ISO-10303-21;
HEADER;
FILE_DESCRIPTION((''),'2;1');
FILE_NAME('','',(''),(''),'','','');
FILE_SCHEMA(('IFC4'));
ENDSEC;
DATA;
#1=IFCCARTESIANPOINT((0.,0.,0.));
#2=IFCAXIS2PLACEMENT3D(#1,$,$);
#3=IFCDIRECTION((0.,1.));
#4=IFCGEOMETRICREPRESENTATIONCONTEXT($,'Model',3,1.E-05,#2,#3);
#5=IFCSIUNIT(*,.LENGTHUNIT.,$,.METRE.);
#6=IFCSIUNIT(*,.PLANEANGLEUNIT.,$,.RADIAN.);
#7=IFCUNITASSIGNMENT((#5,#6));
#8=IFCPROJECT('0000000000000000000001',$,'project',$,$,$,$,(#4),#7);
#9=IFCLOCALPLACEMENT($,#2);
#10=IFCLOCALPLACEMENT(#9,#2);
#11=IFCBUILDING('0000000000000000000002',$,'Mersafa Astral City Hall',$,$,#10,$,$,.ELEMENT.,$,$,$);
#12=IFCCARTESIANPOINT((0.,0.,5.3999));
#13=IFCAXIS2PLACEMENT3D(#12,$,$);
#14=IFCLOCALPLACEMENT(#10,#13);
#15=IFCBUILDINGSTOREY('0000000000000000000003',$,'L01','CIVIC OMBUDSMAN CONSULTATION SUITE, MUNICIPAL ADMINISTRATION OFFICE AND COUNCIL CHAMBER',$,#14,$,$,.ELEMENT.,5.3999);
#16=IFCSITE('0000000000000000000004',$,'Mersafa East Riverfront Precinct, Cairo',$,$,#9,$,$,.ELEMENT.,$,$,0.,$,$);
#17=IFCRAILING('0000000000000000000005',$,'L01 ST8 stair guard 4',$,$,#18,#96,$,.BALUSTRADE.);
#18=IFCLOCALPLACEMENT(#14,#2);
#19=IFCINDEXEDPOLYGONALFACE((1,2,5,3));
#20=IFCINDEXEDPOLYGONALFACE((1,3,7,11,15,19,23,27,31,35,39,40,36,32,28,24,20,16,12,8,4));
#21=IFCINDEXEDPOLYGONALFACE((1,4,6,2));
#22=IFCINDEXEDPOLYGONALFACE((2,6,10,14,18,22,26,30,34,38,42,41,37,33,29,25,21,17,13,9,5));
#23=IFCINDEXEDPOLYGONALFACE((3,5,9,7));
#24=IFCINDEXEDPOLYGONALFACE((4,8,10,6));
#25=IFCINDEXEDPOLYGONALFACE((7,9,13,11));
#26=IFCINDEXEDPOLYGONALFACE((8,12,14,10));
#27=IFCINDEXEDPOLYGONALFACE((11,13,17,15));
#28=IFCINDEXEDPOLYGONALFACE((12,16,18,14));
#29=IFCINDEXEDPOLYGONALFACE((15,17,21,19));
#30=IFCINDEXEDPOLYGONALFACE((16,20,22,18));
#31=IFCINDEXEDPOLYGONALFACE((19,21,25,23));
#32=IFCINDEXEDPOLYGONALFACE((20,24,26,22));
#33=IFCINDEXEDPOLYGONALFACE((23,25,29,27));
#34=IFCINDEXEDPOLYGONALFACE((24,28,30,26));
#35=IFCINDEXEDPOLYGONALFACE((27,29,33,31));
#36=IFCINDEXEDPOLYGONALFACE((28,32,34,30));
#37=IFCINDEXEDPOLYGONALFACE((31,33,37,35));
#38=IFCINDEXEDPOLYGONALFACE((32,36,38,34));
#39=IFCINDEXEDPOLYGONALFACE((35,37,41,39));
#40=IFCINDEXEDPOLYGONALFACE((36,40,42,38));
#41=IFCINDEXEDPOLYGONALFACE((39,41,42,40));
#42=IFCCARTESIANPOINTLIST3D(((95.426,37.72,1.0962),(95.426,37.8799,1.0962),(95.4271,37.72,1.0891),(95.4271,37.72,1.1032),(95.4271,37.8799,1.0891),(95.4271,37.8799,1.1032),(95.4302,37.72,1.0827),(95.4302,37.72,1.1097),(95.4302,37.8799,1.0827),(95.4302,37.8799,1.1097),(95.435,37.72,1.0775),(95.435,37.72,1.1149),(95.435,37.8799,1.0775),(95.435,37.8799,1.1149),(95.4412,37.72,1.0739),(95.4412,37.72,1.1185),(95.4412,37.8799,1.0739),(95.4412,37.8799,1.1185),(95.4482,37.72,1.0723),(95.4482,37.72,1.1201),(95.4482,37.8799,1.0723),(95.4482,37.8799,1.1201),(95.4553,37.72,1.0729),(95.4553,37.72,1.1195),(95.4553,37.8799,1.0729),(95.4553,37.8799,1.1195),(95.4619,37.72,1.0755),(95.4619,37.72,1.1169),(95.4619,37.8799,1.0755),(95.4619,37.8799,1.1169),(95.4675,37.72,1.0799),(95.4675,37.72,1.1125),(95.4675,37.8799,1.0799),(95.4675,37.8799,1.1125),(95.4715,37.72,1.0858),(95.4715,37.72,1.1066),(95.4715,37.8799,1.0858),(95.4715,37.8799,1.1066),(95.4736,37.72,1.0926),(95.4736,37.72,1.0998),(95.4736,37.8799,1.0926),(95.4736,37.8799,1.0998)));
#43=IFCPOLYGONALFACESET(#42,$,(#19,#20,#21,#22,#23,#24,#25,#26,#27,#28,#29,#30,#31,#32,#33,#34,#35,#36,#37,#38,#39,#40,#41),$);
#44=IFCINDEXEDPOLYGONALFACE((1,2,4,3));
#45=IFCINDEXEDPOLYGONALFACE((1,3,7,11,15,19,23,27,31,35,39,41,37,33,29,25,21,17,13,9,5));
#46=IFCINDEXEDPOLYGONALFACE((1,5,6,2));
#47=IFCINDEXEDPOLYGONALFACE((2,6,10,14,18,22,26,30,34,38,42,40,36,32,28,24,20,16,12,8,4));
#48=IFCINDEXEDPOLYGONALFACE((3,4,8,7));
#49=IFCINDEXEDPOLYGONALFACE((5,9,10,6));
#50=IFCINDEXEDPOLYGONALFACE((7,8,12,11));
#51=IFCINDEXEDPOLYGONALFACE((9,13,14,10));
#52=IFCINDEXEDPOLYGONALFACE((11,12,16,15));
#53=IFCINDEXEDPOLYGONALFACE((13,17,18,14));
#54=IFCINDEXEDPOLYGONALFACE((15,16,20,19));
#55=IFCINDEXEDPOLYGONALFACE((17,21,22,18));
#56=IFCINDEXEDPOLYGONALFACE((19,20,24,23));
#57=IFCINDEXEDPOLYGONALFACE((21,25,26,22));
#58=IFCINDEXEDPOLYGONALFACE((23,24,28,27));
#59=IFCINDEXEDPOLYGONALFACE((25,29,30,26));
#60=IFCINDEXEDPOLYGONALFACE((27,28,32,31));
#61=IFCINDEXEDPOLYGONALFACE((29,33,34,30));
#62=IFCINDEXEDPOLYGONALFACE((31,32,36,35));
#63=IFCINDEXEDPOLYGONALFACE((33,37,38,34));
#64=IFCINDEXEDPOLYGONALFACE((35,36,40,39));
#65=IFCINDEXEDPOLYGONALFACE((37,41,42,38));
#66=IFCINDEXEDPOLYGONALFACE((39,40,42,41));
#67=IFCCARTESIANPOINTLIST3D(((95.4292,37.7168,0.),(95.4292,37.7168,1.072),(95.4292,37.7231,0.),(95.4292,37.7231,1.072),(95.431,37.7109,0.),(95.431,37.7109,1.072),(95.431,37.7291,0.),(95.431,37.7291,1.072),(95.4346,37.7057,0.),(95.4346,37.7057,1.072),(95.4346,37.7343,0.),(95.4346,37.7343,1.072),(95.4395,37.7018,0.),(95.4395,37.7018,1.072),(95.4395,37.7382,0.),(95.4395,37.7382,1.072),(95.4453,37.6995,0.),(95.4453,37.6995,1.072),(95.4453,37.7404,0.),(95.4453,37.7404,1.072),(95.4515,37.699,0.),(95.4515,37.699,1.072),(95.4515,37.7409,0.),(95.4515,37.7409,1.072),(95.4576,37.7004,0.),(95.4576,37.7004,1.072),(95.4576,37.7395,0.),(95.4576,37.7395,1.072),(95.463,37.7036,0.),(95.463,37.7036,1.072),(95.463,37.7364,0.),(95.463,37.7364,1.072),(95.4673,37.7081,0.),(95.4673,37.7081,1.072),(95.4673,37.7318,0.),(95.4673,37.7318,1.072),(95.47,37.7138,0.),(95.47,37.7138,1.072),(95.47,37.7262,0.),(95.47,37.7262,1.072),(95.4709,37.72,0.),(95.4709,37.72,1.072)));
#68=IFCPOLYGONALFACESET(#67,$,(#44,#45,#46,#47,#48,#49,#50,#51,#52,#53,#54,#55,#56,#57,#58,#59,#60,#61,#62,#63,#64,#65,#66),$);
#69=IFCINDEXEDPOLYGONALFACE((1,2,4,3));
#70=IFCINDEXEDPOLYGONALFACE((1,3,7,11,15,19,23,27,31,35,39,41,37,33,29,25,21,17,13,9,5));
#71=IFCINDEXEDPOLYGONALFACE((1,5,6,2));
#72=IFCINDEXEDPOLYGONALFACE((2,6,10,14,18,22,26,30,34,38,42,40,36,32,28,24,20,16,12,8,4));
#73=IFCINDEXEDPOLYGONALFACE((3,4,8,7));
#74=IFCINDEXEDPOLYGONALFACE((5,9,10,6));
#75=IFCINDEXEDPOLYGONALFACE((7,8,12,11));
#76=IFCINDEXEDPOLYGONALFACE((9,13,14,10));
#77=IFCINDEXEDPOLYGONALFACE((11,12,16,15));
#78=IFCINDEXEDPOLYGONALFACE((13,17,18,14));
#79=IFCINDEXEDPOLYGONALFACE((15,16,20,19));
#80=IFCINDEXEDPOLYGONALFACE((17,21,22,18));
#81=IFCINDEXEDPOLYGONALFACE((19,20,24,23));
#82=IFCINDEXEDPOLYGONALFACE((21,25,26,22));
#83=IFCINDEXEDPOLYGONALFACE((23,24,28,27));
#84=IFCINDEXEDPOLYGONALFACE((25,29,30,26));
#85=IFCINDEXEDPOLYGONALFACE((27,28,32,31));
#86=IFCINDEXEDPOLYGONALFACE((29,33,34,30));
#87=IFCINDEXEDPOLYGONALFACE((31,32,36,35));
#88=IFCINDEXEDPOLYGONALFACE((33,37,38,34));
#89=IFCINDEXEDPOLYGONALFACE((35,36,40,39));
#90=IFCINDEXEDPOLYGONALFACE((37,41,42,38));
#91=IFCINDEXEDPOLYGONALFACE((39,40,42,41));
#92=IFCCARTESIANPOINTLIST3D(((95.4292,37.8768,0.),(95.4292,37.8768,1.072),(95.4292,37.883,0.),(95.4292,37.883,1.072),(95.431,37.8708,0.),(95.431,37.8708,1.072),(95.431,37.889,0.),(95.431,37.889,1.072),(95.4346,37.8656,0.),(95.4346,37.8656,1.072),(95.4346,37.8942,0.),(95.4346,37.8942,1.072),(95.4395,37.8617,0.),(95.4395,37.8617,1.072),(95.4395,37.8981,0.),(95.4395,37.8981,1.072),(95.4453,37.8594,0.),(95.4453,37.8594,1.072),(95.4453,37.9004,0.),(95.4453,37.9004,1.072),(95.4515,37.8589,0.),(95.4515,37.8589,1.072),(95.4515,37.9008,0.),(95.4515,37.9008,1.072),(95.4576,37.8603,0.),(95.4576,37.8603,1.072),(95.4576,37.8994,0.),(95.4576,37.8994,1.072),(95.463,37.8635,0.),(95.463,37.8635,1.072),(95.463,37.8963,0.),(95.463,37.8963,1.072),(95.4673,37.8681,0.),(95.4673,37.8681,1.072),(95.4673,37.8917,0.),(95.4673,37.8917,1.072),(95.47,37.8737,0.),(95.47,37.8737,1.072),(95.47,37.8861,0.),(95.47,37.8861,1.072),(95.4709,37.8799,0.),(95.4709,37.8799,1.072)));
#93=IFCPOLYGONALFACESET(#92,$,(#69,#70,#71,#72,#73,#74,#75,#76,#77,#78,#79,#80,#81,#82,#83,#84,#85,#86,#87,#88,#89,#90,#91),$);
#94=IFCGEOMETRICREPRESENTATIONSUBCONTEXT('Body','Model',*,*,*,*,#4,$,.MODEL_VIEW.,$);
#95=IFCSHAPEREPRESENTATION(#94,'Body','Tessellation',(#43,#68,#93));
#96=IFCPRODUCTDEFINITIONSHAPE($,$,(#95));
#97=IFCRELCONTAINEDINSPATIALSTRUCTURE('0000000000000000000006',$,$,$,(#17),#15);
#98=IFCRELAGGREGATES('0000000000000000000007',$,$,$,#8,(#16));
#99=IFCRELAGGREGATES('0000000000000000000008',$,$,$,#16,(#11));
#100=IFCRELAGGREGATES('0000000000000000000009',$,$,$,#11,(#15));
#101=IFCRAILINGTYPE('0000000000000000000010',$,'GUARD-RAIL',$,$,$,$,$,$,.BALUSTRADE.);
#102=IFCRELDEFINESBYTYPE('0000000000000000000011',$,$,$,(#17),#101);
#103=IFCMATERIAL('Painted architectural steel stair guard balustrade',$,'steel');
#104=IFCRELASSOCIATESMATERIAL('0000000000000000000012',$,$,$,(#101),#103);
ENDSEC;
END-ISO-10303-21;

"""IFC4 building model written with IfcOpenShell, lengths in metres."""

from ifc_helpers import new_model, si_unit, direction, frame, origin, origin_2d, place, context, subcontext, project, spatial, circle, extrude, material, type_object, element, save


model = new_model("IFC4")

# Units and contexts
model_context = context("Model", 3, precision=1e-05, world=origin(), true_north=direction((0.0, 1.0)))
body_context = subcontext(model_context, "Body", "Model", "MODEL_VIEW")
ifc_project = project(units=[si_unit("LENGTHUNIT", "METRE"), si_unit("PLANEANGLEUNIT", "RADIAN")], contexts=[model_context])

# Site, building, storey
site_placement = place(None, origin())
site = spatial("IfcSite", under=ifc_project, at=site_placement, Name="Mersafa East Riverfront Precinct, Cairo", CompositionType="ELEMENT", RefElevation=0.0)
building_placement = place(site_placement, origin())
building = spatial("IfcBuilding", under=site, at=building_placement, Name="Mersafa Astral City Hall", CompositionType="ELEMENT")
storey_placement = place(building_placement, frame((0.0, 0.0, 5.3999)))
storey = spatial("IfcBuildingStorey", under=building, at=storey_placement, Name="L01", Description="CIVIC OMBUDSMAN CONSULTATION SUITE, MUNICIPAL ADMINISTRATION OFFICE AND COUNCIL CHAMBER", CompositionType="ELEMENT", Elevation=5.3999)

# Railing
ifc_material_1 = material(Name="Painted architectural steel stair guard balustrade", Category="steel")
railing_type_1 = type_object("IfcRailingType", Name="GUARD-RAIL", PredefinedType="BALUSTRADE", material=ifc_material_1)
railing_1_placement = place(storey_placement, frame((95.45, 37.72, 0.0)))
element("IfcRailing", 1, at=railing_1_placement, inside=storey, type_object=railing_type_1, Name="L01 ST8 stair guard 4", PredefinedType="BALUSTRADE", context=body_context, shape_type="SweptSolid", body=[
    extrude(circle(Radius=0.0239, at=origin_2d()), frame((0.0, 0.0, 1.0962), z_axis=(0.0, 1.0, 0.0), x_axis=(-1.0, 0.0, 0.0)), (0.0, 0.0, 1.0), 0.1599),
    extrude(circle(Radius=0.021, at=origin_2d()), origin(), (0.0, 0.0, 1.0), 1.072),
    extrude(circle(Radius=0.021, at=origin_2d()), frame((0.0, 0.1599, 0.0)), (0.0, 0.0, 1.0), 1.072),
])

save(model, "model.ifc")
